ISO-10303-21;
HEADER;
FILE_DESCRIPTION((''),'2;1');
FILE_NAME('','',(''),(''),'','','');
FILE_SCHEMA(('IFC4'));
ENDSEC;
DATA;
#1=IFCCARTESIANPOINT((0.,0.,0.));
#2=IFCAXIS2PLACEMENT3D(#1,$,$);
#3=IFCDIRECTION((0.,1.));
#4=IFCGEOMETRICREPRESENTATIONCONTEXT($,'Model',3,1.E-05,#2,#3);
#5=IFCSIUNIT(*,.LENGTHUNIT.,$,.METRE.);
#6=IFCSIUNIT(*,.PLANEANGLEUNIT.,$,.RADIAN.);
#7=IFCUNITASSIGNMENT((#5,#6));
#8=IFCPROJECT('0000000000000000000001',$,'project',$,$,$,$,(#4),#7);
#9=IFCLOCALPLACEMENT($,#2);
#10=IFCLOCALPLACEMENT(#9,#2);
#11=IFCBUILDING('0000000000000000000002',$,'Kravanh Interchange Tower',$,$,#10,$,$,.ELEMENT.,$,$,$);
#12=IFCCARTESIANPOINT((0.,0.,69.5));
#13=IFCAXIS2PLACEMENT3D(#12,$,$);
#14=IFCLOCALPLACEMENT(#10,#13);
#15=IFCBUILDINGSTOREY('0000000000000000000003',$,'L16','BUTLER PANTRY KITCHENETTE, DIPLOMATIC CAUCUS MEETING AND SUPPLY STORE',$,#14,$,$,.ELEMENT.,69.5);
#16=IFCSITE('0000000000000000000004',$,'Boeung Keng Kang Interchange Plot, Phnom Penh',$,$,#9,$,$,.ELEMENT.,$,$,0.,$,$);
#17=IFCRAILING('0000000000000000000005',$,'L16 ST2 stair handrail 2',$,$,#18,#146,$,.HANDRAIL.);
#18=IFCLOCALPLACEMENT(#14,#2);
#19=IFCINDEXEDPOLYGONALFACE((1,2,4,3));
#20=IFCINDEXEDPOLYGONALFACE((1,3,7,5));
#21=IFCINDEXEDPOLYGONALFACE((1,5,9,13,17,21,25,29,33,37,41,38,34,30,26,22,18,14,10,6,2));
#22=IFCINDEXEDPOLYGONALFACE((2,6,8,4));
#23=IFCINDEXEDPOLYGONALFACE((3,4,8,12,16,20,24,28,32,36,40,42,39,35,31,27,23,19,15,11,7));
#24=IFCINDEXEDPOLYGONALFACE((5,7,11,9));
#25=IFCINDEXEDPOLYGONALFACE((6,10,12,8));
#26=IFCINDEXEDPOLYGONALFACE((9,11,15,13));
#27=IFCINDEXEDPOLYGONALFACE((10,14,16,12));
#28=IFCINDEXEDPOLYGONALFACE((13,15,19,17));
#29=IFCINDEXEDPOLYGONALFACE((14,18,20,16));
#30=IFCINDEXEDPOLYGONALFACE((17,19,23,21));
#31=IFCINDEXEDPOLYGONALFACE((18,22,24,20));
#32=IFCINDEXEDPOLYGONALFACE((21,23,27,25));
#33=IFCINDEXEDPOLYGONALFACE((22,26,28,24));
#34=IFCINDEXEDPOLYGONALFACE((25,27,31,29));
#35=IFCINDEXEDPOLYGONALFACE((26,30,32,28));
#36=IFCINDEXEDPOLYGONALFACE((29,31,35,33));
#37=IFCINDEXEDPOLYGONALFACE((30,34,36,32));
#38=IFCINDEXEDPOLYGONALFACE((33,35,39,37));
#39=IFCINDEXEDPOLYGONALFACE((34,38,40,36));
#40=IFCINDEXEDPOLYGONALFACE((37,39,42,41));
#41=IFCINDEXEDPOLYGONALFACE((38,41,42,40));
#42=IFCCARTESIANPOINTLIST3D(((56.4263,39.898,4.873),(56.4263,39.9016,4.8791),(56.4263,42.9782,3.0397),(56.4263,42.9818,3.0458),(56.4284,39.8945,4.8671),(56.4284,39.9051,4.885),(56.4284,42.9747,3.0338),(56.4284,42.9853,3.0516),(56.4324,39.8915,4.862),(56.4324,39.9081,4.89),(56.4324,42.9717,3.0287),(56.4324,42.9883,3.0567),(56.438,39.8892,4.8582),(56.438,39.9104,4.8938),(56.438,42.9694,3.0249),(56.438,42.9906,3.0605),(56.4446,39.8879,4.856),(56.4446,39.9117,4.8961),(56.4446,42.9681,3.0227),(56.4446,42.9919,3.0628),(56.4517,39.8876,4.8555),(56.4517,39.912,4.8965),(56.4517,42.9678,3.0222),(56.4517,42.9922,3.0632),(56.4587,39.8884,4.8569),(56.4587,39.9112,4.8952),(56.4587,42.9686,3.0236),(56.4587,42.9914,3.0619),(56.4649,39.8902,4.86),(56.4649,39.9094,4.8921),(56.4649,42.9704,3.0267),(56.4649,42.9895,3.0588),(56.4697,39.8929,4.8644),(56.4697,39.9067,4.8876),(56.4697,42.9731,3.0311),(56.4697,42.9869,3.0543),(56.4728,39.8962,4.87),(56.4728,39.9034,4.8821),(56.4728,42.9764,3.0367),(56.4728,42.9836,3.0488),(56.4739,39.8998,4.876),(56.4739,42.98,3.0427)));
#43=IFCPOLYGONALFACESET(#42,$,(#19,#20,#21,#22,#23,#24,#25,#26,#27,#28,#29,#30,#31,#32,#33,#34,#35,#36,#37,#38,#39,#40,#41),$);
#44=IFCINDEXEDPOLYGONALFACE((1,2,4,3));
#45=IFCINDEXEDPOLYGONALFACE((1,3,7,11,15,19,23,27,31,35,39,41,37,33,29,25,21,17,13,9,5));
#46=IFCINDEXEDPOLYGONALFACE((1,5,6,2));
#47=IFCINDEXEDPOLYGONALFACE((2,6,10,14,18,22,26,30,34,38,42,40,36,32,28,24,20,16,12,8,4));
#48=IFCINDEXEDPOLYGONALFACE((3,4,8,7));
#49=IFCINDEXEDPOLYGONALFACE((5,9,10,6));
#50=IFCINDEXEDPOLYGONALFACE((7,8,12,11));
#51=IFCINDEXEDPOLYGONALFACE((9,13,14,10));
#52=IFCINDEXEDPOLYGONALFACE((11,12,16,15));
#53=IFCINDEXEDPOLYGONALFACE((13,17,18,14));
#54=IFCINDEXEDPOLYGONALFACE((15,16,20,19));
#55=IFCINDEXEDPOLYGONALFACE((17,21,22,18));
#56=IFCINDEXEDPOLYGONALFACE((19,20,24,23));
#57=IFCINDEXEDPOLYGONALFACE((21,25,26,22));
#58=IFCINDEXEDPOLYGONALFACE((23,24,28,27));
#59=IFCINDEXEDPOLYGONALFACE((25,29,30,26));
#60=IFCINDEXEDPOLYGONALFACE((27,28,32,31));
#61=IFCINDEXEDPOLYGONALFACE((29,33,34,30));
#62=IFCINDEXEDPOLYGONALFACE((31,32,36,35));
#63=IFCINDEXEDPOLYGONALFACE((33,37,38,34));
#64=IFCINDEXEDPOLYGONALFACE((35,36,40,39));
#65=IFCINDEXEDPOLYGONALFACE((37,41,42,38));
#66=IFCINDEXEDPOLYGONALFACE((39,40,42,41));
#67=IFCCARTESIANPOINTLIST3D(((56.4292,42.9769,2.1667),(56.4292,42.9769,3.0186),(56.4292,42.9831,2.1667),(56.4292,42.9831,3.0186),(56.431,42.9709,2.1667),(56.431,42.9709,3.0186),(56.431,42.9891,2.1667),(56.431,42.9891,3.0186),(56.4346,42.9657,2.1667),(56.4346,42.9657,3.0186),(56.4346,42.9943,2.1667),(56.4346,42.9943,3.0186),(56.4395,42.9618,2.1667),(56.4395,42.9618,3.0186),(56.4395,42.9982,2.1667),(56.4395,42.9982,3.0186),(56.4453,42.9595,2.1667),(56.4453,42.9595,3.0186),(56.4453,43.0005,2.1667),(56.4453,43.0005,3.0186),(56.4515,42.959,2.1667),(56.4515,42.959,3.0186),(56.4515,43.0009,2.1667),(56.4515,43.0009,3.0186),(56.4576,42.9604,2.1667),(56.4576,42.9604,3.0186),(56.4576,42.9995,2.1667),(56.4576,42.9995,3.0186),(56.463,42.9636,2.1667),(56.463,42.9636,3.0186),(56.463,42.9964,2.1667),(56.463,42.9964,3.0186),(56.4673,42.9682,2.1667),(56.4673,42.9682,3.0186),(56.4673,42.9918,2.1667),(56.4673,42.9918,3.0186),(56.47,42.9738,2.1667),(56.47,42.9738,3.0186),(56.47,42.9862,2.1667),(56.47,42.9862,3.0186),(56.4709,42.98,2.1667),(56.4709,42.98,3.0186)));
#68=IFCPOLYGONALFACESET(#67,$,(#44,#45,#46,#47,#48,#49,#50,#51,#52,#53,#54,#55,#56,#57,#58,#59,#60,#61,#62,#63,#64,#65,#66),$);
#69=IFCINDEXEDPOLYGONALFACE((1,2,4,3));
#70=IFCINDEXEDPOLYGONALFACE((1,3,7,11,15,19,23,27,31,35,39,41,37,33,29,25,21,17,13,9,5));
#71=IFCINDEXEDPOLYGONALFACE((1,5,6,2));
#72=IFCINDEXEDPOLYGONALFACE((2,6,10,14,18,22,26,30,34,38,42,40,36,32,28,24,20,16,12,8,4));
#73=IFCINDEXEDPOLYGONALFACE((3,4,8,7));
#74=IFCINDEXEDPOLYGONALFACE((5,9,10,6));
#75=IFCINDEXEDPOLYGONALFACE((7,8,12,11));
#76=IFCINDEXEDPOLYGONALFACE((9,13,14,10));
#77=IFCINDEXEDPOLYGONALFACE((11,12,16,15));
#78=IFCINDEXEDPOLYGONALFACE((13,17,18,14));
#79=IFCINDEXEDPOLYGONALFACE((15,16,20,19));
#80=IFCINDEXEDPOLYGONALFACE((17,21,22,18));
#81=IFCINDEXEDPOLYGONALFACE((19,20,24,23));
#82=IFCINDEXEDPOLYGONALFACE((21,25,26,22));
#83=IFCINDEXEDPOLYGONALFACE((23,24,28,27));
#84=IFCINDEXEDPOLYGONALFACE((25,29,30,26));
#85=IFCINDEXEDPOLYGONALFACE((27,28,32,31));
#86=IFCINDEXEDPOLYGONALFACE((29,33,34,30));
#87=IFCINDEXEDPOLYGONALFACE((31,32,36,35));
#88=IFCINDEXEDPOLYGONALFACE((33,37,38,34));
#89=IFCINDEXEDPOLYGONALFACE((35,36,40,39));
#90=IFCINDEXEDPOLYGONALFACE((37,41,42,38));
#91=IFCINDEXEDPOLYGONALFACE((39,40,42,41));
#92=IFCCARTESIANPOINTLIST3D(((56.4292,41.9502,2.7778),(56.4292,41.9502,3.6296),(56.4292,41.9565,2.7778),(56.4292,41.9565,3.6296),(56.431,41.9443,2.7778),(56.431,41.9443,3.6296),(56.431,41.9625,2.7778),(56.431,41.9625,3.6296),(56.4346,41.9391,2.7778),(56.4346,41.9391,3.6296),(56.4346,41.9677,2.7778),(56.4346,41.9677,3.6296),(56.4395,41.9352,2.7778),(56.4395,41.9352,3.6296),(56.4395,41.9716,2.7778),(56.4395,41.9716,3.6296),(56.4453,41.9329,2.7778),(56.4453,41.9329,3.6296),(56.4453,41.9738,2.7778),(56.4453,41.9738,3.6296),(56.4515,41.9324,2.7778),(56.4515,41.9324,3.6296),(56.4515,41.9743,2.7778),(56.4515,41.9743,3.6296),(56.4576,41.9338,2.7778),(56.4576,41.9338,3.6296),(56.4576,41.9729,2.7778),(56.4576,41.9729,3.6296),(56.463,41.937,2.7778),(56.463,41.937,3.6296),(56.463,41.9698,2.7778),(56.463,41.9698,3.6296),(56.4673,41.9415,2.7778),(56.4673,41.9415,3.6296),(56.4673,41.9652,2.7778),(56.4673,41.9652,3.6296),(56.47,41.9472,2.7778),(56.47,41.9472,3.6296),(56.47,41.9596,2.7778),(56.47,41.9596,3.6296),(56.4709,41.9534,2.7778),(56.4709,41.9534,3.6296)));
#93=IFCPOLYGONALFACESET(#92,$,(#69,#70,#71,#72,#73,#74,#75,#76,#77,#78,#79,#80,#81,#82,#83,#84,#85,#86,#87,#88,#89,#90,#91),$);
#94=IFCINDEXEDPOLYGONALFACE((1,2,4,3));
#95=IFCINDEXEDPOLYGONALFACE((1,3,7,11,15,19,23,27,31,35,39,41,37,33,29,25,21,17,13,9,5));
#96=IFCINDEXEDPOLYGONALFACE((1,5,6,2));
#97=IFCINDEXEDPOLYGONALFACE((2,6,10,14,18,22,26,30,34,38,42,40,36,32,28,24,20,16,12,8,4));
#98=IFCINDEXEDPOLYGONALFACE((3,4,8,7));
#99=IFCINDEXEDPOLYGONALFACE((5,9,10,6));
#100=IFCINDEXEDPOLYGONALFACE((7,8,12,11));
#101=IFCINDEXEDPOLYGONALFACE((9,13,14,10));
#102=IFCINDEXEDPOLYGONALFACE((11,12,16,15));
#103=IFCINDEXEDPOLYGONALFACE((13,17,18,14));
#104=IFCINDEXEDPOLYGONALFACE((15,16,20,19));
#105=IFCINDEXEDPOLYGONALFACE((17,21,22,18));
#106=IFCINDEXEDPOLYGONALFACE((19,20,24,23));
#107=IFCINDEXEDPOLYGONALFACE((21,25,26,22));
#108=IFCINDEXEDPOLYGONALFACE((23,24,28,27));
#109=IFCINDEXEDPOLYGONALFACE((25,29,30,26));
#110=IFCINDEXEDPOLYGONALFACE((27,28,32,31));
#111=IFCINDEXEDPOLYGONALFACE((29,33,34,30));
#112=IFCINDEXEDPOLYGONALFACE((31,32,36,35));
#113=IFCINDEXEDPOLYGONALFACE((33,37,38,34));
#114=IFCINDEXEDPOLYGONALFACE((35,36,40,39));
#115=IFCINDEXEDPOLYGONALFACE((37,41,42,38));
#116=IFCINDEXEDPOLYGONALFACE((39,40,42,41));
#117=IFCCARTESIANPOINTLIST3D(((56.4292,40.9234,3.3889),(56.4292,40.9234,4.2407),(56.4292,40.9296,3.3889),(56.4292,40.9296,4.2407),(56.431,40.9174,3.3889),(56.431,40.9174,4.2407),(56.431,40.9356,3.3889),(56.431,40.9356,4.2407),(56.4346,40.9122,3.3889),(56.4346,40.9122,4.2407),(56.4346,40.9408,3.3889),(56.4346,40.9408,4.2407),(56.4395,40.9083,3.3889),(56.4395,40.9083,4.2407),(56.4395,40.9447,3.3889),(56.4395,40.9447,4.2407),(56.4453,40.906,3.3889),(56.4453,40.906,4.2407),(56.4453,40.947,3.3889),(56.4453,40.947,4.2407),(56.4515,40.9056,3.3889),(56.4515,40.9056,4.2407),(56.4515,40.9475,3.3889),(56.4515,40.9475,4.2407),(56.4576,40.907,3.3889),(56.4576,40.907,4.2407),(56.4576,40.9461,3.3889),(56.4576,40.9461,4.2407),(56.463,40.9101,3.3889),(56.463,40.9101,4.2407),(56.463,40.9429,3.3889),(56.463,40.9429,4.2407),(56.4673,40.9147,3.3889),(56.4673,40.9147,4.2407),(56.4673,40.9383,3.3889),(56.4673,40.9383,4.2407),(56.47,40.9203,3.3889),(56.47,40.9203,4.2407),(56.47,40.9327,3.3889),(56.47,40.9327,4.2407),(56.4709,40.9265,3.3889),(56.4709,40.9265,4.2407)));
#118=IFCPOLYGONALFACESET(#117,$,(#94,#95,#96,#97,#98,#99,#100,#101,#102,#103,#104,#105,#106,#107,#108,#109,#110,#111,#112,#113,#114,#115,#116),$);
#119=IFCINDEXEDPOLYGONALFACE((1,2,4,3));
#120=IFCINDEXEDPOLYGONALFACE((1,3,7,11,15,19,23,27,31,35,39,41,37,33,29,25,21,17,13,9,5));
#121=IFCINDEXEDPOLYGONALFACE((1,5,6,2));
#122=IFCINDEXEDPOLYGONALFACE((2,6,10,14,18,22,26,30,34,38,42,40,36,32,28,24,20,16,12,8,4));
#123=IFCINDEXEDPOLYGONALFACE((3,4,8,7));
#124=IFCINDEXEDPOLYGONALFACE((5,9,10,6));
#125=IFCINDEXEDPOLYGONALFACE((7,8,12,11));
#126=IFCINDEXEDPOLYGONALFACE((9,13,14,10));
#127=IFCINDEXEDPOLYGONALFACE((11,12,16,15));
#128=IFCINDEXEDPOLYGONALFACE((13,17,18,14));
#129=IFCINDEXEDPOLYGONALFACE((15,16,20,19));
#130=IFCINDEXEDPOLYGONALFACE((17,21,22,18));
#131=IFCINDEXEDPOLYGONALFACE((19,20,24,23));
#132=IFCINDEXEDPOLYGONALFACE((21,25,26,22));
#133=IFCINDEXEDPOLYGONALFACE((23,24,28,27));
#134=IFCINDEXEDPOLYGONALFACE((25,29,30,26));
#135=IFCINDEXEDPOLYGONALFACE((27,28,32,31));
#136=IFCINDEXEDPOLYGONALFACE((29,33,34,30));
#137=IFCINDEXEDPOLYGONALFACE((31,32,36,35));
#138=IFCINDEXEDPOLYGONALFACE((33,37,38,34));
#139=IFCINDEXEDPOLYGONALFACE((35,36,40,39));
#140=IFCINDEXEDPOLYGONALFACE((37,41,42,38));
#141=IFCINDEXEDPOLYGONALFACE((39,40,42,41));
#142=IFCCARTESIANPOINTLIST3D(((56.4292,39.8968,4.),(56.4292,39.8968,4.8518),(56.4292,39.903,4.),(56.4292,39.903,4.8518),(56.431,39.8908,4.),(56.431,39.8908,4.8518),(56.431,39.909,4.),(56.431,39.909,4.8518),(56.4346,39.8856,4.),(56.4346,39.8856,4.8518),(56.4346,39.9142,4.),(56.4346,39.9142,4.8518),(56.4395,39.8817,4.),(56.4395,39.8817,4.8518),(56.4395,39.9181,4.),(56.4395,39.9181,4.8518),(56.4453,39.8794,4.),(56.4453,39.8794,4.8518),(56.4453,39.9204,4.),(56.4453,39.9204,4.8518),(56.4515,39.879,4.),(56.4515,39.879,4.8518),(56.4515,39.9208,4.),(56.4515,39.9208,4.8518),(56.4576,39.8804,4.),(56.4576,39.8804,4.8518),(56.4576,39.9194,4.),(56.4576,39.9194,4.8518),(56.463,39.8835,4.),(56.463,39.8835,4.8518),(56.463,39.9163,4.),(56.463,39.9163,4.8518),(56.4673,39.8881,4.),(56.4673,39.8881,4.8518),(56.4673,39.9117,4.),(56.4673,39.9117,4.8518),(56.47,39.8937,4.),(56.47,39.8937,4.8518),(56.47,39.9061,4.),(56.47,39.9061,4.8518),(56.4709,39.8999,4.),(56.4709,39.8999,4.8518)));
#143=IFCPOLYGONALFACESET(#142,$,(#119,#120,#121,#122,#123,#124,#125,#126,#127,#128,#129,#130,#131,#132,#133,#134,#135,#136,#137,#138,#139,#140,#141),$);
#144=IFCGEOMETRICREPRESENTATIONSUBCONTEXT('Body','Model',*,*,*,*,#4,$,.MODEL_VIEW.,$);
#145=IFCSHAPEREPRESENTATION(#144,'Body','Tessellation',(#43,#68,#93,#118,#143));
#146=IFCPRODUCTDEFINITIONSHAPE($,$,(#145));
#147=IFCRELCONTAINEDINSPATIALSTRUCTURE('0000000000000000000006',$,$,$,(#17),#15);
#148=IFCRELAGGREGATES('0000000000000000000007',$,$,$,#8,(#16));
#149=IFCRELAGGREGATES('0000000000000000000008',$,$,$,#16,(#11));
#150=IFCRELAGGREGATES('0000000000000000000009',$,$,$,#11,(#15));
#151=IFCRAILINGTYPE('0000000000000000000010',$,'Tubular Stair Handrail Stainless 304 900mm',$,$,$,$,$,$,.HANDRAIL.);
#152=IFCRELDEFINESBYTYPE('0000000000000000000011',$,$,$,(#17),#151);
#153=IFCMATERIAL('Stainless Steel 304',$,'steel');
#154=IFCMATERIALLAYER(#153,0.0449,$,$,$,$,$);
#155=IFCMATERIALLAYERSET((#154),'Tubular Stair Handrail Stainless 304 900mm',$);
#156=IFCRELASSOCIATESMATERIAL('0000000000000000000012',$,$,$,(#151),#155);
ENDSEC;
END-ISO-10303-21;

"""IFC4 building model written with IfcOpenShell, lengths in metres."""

from ifc_helpers import new_model, si_unit, direction, frame, origin, origin_2d, place, context, subcontext, project, spatial, circle, extrude, material, layer, layer_set, type_object, element, save


model = new_model("IFC4")

# Units and contexts
model_context = context("Model", 3, precision=1e-05, world=origin(), true_north=direction((0.0, 1.0)))
body_context = subcontext(model_context, "Body", "Model", "MODEL_VIEW")
ifc_project = project(units=[si_unit("LENGTHUNIT", "METRE"), si_unit("PLANEANGLEUNIT", "RADIAN")], contexts=[model_context])

# Site, building, storey
site_placement = place(None, origin())
site = spatial("IfcSite", under=ifc_project, at=site_placement, Name="Boeung Keng Kang Interchange Plot, Phnom Penh", CompositionType="ELEMENT", RefElevation=0.0)
building_placement = place(site_placement, origin())
building = spatial("IfcBuilding", under=site, at=building_placement, Name="Kravanh Interchange Tower", CompositionType="ELEMENT")
storey_placement = place(building_placement, frame((0.0, 0.0, 69.5)))
storey = spatial("IfcBuildingStorey", under=building, at=storey_placement, Name="L16", Description="BUTLER PANTRY KITCHENETTE, DIPLOMATIC CAUCUS MEETING AND SUPPLY STORE", CompositionType="ELEMENT", Elevation=69.5)

# Railing
ifc_material_1 = material(Name="Stainless Steel 304", Category="steel")
ifc_layer_1 = layer(ifc_material_1, 0.0449)
ifc_layer_set_1 = layer_set([ifc_layer_1], Name="Tubular Stair Handrail Stainless 304 900mm")
railing_type_1 = type_object("IfcRailingType", Name="Tubular Stair Handrail Stainless 304 900mm", PredefinedType="HANDRAIL", material=ifc_layer_set_1)
railing_1_placement = place(storey_placement, frame((56.45, 42.98, 2.1667)))
element("IfcRailing", 1, at=railing_1_placement, inside=storey, type_object=railing_type_1, Name="L16 ST2 stair handrail 2", PredefinedType="HANDRAIL", context=body_context, shape_type="SweptSolid", body=[
    extrude(circle(Radius=0.0239, at=origin_2d()), frame((0.0, 0.0, 0.876), z_axis=(0.0, -0.859309, 0.511458), x_axis=(1.0, 0.0, 0.0)), (0.0, 0.0, 1.0), 3.5845),
    extrude(circle(Radius=0.021, at=origin_2d()), origin(), (0.0, 0.0, 1.0), 0.8518),
    extrude(circle(Radius=0.021, at=origin_2d()), frame((0.0, -1.0266, 0.6111)), (0.0, 0.0, 1.0), 0.8518),
    extrude(circle(Radius=0.021, at=origin_2d()), frame((0.0, -2.0535, 1.2222)), (0.0, 0.0, 1.0), 0.8518),
    extrude(circle(Radius=0.021, at=origin_2d()), frame((0.0, -3.0801, 1.8333)), (0.0, 0.0, 1.0), 0.8518),
])

save(model, "model.ifc")
